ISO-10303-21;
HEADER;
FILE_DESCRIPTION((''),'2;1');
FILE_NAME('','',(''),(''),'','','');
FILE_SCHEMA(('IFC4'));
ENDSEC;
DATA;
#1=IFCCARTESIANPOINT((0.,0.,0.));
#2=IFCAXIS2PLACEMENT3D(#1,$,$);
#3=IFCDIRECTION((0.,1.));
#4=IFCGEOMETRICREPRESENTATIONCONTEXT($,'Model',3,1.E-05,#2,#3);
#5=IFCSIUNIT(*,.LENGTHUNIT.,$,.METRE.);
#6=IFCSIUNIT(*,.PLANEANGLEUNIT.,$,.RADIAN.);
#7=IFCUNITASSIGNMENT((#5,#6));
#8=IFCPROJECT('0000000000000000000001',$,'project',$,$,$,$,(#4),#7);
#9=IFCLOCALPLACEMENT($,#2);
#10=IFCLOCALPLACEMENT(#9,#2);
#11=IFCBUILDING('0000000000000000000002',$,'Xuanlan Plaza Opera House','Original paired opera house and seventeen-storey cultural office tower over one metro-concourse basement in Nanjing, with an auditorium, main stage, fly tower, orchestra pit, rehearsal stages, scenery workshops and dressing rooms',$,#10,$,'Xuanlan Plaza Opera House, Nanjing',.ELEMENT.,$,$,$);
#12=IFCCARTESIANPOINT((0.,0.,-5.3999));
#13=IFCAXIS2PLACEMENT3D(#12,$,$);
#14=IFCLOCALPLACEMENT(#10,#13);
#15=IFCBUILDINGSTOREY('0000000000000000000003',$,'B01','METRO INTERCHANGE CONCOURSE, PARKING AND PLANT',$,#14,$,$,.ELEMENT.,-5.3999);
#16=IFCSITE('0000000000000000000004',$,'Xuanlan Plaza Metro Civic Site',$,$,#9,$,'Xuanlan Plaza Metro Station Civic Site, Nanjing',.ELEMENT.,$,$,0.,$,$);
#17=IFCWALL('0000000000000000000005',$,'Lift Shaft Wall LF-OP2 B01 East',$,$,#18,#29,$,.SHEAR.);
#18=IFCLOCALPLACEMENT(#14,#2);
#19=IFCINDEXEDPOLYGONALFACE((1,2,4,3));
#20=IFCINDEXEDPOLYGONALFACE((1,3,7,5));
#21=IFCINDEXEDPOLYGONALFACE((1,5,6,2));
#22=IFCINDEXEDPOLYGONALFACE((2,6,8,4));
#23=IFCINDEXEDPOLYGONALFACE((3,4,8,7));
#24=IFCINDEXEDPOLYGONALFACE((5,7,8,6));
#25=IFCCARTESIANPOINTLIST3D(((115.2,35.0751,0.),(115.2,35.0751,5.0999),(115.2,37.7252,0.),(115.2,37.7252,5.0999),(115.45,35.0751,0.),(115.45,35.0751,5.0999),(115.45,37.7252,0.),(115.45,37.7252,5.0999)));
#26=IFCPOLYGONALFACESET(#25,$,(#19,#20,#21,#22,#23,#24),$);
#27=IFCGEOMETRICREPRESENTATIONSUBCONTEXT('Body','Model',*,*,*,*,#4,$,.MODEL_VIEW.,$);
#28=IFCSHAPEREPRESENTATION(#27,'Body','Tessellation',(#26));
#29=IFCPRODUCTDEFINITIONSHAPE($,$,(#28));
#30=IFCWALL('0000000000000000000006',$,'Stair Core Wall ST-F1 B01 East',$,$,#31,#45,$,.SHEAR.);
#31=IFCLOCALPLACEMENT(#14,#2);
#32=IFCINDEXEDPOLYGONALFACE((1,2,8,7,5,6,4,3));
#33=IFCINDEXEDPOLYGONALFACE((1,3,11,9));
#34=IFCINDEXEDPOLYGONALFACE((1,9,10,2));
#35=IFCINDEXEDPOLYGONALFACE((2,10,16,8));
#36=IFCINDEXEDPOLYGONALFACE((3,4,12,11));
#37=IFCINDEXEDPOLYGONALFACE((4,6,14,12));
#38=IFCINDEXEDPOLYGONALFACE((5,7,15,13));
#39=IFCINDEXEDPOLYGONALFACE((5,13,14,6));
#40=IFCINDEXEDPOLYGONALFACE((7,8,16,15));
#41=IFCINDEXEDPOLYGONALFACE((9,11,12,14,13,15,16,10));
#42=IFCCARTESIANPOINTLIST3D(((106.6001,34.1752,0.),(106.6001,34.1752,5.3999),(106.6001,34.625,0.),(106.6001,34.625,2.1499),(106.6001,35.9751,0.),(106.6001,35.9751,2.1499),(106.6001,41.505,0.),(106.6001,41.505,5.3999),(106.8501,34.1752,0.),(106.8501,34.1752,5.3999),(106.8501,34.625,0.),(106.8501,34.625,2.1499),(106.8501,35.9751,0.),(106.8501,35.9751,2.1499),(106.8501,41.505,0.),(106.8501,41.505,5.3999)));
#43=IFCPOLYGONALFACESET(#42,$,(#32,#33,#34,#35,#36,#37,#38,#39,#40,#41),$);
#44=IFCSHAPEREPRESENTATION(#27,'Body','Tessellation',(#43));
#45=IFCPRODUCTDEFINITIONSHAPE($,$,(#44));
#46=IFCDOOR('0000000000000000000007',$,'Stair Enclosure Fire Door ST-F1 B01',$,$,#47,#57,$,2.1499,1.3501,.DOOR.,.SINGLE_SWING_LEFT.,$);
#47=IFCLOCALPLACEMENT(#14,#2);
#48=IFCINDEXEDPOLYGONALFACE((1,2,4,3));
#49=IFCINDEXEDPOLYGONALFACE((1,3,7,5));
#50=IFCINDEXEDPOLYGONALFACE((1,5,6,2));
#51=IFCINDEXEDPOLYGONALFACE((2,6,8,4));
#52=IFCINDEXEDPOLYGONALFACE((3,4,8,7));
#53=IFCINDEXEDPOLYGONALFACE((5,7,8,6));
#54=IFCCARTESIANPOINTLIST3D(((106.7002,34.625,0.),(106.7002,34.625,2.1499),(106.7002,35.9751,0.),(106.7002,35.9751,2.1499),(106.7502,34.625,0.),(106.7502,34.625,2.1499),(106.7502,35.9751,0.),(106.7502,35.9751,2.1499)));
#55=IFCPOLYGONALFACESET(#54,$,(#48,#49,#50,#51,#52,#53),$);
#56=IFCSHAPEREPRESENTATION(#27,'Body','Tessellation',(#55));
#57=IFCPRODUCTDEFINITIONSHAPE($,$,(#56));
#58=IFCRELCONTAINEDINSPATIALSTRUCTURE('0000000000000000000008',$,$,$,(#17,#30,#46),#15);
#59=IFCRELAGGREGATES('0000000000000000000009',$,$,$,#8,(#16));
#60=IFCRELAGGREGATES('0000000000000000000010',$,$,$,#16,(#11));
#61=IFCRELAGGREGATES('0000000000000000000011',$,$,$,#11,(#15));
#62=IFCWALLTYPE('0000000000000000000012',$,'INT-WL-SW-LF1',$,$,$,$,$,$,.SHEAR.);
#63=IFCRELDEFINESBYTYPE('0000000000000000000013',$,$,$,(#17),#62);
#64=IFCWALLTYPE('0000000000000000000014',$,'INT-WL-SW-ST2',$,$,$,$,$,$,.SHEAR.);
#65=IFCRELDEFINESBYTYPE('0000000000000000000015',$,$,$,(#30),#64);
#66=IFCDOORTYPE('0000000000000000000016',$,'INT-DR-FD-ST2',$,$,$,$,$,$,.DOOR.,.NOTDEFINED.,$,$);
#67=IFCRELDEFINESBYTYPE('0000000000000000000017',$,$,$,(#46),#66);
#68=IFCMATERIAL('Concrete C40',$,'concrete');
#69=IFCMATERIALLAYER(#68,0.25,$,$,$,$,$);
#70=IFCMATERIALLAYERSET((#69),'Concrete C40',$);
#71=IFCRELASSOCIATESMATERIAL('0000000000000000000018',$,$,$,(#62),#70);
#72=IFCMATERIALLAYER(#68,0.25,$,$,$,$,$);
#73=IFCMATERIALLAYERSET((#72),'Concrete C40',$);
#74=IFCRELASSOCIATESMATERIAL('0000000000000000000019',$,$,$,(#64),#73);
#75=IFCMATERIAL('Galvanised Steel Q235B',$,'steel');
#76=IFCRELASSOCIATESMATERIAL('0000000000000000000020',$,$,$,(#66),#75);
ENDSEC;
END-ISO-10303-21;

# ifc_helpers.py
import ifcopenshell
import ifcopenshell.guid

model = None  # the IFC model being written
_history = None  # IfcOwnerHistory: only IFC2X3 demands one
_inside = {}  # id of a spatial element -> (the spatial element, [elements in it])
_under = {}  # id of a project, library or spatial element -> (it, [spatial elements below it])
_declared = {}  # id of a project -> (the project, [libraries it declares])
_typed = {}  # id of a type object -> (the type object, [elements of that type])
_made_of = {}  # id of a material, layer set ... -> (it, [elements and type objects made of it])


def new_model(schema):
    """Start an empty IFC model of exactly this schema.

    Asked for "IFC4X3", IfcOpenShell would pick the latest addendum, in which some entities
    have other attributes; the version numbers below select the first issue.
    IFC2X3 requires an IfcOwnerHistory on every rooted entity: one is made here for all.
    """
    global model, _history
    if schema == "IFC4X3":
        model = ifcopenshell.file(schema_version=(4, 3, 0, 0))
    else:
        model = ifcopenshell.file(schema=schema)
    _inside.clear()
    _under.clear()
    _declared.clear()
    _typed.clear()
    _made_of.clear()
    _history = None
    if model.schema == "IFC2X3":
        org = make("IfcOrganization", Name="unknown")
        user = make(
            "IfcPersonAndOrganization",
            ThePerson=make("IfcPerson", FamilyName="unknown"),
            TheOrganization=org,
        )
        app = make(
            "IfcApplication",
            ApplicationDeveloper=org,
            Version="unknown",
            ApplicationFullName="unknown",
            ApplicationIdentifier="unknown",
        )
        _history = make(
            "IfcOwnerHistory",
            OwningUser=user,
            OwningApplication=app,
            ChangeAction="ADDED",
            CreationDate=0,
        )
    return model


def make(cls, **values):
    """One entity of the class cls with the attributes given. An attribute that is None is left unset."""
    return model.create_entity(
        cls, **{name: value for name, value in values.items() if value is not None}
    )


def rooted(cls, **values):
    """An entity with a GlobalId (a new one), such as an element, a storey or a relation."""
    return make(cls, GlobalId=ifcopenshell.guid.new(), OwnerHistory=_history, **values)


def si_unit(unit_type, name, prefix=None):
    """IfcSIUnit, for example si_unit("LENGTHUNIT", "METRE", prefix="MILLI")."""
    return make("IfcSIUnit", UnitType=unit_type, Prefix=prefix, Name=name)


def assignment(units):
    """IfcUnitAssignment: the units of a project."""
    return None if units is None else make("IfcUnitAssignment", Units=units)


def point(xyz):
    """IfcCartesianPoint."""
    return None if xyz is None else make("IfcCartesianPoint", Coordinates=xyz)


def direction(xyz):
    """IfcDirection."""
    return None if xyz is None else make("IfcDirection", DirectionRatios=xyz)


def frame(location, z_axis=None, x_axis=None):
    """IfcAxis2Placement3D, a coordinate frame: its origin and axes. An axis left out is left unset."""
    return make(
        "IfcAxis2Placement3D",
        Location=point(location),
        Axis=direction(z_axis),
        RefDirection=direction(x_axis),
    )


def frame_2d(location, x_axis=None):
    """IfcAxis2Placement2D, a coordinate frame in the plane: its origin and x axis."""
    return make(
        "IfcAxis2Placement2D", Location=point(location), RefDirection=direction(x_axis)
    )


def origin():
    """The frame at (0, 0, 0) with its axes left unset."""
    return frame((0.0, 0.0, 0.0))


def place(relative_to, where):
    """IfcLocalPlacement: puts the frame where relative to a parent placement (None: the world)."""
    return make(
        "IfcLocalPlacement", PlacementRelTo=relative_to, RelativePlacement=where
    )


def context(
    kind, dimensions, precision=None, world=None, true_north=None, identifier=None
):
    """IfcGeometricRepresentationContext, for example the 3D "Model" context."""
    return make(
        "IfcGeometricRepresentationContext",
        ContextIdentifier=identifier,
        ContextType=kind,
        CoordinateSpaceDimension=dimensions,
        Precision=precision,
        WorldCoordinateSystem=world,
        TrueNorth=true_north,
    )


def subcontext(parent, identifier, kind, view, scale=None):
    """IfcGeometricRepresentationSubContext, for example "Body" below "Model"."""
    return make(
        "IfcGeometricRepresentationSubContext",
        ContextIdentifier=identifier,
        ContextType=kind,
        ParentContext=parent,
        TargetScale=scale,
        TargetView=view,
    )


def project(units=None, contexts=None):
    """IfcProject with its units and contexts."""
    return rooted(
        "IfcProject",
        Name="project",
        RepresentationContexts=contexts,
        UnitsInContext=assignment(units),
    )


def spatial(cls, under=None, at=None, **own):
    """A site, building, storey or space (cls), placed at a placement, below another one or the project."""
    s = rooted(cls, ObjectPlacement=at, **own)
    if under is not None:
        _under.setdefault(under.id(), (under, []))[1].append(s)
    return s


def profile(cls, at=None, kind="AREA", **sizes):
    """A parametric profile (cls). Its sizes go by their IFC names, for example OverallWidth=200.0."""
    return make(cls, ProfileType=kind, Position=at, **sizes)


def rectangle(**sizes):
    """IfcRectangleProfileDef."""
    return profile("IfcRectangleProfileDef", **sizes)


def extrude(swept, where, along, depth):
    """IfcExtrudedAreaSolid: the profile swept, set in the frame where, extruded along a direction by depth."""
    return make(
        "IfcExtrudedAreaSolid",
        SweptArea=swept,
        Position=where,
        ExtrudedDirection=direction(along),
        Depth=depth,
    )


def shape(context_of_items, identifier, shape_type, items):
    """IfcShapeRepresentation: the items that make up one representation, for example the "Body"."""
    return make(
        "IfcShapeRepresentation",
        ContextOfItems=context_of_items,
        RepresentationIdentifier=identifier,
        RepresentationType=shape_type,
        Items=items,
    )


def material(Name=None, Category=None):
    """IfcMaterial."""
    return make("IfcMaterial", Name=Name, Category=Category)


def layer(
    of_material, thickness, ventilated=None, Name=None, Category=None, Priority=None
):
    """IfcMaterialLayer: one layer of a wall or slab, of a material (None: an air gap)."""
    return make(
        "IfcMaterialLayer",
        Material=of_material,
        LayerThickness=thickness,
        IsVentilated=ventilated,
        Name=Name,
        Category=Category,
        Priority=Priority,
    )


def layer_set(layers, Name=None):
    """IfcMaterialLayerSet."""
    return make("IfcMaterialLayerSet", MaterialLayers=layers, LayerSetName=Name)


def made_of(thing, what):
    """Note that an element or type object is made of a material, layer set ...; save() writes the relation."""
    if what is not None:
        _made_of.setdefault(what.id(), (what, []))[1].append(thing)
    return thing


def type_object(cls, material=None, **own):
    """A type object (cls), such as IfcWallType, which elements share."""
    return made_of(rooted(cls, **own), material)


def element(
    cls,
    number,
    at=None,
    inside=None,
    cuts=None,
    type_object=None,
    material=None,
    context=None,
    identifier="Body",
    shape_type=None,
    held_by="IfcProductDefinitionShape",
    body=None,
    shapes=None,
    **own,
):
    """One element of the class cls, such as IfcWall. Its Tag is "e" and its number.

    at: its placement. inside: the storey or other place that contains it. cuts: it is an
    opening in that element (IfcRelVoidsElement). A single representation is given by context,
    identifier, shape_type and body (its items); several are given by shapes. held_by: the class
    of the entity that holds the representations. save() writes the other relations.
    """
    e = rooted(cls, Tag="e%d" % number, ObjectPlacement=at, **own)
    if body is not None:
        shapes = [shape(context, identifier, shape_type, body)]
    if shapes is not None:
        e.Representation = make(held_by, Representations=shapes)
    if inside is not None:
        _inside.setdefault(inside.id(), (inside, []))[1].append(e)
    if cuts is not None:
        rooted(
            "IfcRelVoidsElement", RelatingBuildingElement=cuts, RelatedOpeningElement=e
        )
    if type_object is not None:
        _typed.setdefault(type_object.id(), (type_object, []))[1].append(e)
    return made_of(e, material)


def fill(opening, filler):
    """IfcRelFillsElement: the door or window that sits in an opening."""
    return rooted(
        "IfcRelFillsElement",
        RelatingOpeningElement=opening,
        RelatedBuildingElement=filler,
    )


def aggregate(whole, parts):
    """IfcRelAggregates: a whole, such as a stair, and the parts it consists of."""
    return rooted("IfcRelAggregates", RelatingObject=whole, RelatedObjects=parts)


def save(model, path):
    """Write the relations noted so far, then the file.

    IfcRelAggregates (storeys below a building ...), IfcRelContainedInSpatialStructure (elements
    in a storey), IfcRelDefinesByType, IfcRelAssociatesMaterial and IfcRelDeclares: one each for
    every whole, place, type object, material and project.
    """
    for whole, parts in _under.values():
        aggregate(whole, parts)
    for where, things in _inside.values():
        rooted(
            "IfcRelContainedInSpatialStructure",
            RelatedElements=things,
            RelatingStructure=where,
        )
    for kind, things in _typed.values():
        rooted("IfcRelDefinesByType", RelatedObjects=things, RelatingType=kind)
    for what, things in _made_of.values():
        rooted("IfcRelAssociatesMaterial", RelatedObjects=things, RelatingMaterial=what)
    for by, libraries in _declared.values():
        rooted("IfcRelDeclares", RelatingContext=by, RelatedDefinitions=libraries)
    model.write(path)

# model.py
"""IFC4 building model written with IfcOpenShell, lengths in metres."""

from ifc_helpers import new_model, si_unit, direction, frame, frame_2d, origin, place, context, subcontext, project, spatial, rectangle, extrude, material, layer, layer_set, type_object, element, fill, save


model = new_model("IFC4")

# Units and contexts
model_context = context("Model", 3, precision=1e-05, world=origin(), true_north=direction((0.0, 1.0)))
body_context = subcontext(model_context, "Body", "Model", "MODEL_VIEW")
ifc_project = project(units=[si_unit("LENGTHUNIT", "METRE"), si_unit("PLANEANGLEUNIT", "RADIAN")], contexts=[model_context])

# Site, building, storey
site_placement = place(None, origin())
site = spatial("IfcSite", under=ifc_project, at=site_placement, Name="Xuanlan Plaza Metro Civic Site", LongName="Xuanlan Plaza Metro Station Civic Site, Nanjing", CompositionType="ELEMENT", RefElevation=0.0)
building_placement = place(site_placement, origin())
building = spatial("IfcBuilding", under=site, at=building_placement, Name="Xuanlan Plaza Opera House", Description="Original paired opera house and seventeen-storey cultural office tower over one metro-concourse basement in Nanjing, with an auditorium, main stage, fly tower, orchestra pit, rehearsal stages, scenery workshops and dressing rooms", LongName="Xuanlan Plaza Opera House, Nanjing", CompositionType="ELEMENT")
storey_placement = place(building_placement, frame((0.0, 0.0, -5.3999)))
storey = spatial("IfcBuildingStorey", under=building, at=storey_placement, Name="B01", Description="METRO INTERCHANGE CONCOURSE, PARKING AND PLANT", CompositionType="ELEMENT", Elevation=-5.3999)

# Shared definitions
ifc_material_1 = material(Name="Concrete C40", Category="concrete")

# Shared definitions
ifc_material_2 = material(Name="Galvanised Steel Q235B", Category="steel")

# Shared definitions
ifc_layer_1 = layer(ifc_material_1, 0.25)
ifc_layer_set_1 = layer_set([ifc_layer_1], Name="Concrete C40")
wall_type_1 = type_object("IfcWallType", Name="INT-WL-SW-LF1", PredefinedType="SHEAR", material=ifc_layer_set_1)

# Wall
wall_1_placement = place(storey_placement, frame((115.325, 35.075, 0.0), z_axis=(0.0, 0.0, 1.0), x_axis=(0.0, 1.0, 0.0)))
element("IfcWall", 1, at=wall_1_placement, inside=storey, type_object=wall_type_1, Name="Lift Shaft Wall LF-OP2 B01 East", PredefinedType="SHEAR", context=body_context, shape_type="SweptSolid", body=[
    extrude(rectangle(XDim=2.6501, YDim=0.25, at=frame_2d((1.3252, 0.0))), origin(), (0.0, 0.0, 1.0), 5.0999),
])

# Wall, opening, door
ifc_layer_2 = layer(ifc_material_1, 0.25)
ifc_layer_set_2 = layer_set([ifc_layer_2], Name="Concrete C40")
wall_type_2 = type_object("IfcWallType", Name="INT-WL-SW-ST2", PredefinedType="SHEAR", material=ifc_layer_set_2)
wall_2_placement = place(storey_placement, frame((106.7251, 34.175, 0.0), z_axis=(0.0, 0.0, 1.0), x_axis=(0.0, 1.0, 0.0)))
wall_2 = element("IfcWall", 2, at=wall_2_placement, inside=storey, type_object=wall_type_2, Name="Stair Core Wall ST-F1 B01 East", PredefinedType="SHEAR", context=body_context, shape_type="SweptSolid", body=[
    extrude(rectangle(XDim=7.3298, YDim=0.25, at=frame_2d((3.665, 0.0))), origin(), (0.0, 0.0, 1.0), 5.3999),
])
opening_1_placement = place(wall_2_placement, frame((0.45, 0.0, 0.0)))
opening_1 = element("IfcOpeningElement", 3, at=opening_1_placement, cuts=wall_2, PredefinedType="OPENING", context=body_context, shape_type="SweptSolid", body=[
    extrude(rectangle(XDim=1.3501, YDim=2.1499, at=frame_2d((0.675, 1.075))), frame((0.0, 0.135, 0.0), z_axis=(0.0, -1.0, 0.0), x_axis=(1.0, 0.0, 0.0)), (0.0, 0.0, 1.0), 0.27),
])
door_type_1 = type_object("IfcDoorType", Name="INT-DR-FD-ST2", OperationType="NOTDEFINED", PredefinedType="DOOR", material=ifc_material_2)
door_1_placement = place(opening_1_placement, origin())
door_1 = element("IfcDoor", 4, at=door_1_placement, inside=storey, type_object=door_type_1, Name="Stair Enclosure Fire Door ST-F1 B01", OperationType="SINGLE_SWING_LEFT", OverallHeight=2.1499, OverallWidth=1.3501, PredefinedType="DOOR", context=body_context, shape_type="SweptSolid", body=[
    extrude(rectangle(XDim=1.3501, YDim=2.1499, at=frame_2d((0.675, 1.075))), frame((0.0, 0.0249, 0.0), z_axis=(0.0, -1.0, 0.0), x_axis=(1.0, 0.0, 0.0)), (0.0, 0.0, 1.0), 0.05),
])
fill(opening_1, door_1)

save(model, "model.ifc")
